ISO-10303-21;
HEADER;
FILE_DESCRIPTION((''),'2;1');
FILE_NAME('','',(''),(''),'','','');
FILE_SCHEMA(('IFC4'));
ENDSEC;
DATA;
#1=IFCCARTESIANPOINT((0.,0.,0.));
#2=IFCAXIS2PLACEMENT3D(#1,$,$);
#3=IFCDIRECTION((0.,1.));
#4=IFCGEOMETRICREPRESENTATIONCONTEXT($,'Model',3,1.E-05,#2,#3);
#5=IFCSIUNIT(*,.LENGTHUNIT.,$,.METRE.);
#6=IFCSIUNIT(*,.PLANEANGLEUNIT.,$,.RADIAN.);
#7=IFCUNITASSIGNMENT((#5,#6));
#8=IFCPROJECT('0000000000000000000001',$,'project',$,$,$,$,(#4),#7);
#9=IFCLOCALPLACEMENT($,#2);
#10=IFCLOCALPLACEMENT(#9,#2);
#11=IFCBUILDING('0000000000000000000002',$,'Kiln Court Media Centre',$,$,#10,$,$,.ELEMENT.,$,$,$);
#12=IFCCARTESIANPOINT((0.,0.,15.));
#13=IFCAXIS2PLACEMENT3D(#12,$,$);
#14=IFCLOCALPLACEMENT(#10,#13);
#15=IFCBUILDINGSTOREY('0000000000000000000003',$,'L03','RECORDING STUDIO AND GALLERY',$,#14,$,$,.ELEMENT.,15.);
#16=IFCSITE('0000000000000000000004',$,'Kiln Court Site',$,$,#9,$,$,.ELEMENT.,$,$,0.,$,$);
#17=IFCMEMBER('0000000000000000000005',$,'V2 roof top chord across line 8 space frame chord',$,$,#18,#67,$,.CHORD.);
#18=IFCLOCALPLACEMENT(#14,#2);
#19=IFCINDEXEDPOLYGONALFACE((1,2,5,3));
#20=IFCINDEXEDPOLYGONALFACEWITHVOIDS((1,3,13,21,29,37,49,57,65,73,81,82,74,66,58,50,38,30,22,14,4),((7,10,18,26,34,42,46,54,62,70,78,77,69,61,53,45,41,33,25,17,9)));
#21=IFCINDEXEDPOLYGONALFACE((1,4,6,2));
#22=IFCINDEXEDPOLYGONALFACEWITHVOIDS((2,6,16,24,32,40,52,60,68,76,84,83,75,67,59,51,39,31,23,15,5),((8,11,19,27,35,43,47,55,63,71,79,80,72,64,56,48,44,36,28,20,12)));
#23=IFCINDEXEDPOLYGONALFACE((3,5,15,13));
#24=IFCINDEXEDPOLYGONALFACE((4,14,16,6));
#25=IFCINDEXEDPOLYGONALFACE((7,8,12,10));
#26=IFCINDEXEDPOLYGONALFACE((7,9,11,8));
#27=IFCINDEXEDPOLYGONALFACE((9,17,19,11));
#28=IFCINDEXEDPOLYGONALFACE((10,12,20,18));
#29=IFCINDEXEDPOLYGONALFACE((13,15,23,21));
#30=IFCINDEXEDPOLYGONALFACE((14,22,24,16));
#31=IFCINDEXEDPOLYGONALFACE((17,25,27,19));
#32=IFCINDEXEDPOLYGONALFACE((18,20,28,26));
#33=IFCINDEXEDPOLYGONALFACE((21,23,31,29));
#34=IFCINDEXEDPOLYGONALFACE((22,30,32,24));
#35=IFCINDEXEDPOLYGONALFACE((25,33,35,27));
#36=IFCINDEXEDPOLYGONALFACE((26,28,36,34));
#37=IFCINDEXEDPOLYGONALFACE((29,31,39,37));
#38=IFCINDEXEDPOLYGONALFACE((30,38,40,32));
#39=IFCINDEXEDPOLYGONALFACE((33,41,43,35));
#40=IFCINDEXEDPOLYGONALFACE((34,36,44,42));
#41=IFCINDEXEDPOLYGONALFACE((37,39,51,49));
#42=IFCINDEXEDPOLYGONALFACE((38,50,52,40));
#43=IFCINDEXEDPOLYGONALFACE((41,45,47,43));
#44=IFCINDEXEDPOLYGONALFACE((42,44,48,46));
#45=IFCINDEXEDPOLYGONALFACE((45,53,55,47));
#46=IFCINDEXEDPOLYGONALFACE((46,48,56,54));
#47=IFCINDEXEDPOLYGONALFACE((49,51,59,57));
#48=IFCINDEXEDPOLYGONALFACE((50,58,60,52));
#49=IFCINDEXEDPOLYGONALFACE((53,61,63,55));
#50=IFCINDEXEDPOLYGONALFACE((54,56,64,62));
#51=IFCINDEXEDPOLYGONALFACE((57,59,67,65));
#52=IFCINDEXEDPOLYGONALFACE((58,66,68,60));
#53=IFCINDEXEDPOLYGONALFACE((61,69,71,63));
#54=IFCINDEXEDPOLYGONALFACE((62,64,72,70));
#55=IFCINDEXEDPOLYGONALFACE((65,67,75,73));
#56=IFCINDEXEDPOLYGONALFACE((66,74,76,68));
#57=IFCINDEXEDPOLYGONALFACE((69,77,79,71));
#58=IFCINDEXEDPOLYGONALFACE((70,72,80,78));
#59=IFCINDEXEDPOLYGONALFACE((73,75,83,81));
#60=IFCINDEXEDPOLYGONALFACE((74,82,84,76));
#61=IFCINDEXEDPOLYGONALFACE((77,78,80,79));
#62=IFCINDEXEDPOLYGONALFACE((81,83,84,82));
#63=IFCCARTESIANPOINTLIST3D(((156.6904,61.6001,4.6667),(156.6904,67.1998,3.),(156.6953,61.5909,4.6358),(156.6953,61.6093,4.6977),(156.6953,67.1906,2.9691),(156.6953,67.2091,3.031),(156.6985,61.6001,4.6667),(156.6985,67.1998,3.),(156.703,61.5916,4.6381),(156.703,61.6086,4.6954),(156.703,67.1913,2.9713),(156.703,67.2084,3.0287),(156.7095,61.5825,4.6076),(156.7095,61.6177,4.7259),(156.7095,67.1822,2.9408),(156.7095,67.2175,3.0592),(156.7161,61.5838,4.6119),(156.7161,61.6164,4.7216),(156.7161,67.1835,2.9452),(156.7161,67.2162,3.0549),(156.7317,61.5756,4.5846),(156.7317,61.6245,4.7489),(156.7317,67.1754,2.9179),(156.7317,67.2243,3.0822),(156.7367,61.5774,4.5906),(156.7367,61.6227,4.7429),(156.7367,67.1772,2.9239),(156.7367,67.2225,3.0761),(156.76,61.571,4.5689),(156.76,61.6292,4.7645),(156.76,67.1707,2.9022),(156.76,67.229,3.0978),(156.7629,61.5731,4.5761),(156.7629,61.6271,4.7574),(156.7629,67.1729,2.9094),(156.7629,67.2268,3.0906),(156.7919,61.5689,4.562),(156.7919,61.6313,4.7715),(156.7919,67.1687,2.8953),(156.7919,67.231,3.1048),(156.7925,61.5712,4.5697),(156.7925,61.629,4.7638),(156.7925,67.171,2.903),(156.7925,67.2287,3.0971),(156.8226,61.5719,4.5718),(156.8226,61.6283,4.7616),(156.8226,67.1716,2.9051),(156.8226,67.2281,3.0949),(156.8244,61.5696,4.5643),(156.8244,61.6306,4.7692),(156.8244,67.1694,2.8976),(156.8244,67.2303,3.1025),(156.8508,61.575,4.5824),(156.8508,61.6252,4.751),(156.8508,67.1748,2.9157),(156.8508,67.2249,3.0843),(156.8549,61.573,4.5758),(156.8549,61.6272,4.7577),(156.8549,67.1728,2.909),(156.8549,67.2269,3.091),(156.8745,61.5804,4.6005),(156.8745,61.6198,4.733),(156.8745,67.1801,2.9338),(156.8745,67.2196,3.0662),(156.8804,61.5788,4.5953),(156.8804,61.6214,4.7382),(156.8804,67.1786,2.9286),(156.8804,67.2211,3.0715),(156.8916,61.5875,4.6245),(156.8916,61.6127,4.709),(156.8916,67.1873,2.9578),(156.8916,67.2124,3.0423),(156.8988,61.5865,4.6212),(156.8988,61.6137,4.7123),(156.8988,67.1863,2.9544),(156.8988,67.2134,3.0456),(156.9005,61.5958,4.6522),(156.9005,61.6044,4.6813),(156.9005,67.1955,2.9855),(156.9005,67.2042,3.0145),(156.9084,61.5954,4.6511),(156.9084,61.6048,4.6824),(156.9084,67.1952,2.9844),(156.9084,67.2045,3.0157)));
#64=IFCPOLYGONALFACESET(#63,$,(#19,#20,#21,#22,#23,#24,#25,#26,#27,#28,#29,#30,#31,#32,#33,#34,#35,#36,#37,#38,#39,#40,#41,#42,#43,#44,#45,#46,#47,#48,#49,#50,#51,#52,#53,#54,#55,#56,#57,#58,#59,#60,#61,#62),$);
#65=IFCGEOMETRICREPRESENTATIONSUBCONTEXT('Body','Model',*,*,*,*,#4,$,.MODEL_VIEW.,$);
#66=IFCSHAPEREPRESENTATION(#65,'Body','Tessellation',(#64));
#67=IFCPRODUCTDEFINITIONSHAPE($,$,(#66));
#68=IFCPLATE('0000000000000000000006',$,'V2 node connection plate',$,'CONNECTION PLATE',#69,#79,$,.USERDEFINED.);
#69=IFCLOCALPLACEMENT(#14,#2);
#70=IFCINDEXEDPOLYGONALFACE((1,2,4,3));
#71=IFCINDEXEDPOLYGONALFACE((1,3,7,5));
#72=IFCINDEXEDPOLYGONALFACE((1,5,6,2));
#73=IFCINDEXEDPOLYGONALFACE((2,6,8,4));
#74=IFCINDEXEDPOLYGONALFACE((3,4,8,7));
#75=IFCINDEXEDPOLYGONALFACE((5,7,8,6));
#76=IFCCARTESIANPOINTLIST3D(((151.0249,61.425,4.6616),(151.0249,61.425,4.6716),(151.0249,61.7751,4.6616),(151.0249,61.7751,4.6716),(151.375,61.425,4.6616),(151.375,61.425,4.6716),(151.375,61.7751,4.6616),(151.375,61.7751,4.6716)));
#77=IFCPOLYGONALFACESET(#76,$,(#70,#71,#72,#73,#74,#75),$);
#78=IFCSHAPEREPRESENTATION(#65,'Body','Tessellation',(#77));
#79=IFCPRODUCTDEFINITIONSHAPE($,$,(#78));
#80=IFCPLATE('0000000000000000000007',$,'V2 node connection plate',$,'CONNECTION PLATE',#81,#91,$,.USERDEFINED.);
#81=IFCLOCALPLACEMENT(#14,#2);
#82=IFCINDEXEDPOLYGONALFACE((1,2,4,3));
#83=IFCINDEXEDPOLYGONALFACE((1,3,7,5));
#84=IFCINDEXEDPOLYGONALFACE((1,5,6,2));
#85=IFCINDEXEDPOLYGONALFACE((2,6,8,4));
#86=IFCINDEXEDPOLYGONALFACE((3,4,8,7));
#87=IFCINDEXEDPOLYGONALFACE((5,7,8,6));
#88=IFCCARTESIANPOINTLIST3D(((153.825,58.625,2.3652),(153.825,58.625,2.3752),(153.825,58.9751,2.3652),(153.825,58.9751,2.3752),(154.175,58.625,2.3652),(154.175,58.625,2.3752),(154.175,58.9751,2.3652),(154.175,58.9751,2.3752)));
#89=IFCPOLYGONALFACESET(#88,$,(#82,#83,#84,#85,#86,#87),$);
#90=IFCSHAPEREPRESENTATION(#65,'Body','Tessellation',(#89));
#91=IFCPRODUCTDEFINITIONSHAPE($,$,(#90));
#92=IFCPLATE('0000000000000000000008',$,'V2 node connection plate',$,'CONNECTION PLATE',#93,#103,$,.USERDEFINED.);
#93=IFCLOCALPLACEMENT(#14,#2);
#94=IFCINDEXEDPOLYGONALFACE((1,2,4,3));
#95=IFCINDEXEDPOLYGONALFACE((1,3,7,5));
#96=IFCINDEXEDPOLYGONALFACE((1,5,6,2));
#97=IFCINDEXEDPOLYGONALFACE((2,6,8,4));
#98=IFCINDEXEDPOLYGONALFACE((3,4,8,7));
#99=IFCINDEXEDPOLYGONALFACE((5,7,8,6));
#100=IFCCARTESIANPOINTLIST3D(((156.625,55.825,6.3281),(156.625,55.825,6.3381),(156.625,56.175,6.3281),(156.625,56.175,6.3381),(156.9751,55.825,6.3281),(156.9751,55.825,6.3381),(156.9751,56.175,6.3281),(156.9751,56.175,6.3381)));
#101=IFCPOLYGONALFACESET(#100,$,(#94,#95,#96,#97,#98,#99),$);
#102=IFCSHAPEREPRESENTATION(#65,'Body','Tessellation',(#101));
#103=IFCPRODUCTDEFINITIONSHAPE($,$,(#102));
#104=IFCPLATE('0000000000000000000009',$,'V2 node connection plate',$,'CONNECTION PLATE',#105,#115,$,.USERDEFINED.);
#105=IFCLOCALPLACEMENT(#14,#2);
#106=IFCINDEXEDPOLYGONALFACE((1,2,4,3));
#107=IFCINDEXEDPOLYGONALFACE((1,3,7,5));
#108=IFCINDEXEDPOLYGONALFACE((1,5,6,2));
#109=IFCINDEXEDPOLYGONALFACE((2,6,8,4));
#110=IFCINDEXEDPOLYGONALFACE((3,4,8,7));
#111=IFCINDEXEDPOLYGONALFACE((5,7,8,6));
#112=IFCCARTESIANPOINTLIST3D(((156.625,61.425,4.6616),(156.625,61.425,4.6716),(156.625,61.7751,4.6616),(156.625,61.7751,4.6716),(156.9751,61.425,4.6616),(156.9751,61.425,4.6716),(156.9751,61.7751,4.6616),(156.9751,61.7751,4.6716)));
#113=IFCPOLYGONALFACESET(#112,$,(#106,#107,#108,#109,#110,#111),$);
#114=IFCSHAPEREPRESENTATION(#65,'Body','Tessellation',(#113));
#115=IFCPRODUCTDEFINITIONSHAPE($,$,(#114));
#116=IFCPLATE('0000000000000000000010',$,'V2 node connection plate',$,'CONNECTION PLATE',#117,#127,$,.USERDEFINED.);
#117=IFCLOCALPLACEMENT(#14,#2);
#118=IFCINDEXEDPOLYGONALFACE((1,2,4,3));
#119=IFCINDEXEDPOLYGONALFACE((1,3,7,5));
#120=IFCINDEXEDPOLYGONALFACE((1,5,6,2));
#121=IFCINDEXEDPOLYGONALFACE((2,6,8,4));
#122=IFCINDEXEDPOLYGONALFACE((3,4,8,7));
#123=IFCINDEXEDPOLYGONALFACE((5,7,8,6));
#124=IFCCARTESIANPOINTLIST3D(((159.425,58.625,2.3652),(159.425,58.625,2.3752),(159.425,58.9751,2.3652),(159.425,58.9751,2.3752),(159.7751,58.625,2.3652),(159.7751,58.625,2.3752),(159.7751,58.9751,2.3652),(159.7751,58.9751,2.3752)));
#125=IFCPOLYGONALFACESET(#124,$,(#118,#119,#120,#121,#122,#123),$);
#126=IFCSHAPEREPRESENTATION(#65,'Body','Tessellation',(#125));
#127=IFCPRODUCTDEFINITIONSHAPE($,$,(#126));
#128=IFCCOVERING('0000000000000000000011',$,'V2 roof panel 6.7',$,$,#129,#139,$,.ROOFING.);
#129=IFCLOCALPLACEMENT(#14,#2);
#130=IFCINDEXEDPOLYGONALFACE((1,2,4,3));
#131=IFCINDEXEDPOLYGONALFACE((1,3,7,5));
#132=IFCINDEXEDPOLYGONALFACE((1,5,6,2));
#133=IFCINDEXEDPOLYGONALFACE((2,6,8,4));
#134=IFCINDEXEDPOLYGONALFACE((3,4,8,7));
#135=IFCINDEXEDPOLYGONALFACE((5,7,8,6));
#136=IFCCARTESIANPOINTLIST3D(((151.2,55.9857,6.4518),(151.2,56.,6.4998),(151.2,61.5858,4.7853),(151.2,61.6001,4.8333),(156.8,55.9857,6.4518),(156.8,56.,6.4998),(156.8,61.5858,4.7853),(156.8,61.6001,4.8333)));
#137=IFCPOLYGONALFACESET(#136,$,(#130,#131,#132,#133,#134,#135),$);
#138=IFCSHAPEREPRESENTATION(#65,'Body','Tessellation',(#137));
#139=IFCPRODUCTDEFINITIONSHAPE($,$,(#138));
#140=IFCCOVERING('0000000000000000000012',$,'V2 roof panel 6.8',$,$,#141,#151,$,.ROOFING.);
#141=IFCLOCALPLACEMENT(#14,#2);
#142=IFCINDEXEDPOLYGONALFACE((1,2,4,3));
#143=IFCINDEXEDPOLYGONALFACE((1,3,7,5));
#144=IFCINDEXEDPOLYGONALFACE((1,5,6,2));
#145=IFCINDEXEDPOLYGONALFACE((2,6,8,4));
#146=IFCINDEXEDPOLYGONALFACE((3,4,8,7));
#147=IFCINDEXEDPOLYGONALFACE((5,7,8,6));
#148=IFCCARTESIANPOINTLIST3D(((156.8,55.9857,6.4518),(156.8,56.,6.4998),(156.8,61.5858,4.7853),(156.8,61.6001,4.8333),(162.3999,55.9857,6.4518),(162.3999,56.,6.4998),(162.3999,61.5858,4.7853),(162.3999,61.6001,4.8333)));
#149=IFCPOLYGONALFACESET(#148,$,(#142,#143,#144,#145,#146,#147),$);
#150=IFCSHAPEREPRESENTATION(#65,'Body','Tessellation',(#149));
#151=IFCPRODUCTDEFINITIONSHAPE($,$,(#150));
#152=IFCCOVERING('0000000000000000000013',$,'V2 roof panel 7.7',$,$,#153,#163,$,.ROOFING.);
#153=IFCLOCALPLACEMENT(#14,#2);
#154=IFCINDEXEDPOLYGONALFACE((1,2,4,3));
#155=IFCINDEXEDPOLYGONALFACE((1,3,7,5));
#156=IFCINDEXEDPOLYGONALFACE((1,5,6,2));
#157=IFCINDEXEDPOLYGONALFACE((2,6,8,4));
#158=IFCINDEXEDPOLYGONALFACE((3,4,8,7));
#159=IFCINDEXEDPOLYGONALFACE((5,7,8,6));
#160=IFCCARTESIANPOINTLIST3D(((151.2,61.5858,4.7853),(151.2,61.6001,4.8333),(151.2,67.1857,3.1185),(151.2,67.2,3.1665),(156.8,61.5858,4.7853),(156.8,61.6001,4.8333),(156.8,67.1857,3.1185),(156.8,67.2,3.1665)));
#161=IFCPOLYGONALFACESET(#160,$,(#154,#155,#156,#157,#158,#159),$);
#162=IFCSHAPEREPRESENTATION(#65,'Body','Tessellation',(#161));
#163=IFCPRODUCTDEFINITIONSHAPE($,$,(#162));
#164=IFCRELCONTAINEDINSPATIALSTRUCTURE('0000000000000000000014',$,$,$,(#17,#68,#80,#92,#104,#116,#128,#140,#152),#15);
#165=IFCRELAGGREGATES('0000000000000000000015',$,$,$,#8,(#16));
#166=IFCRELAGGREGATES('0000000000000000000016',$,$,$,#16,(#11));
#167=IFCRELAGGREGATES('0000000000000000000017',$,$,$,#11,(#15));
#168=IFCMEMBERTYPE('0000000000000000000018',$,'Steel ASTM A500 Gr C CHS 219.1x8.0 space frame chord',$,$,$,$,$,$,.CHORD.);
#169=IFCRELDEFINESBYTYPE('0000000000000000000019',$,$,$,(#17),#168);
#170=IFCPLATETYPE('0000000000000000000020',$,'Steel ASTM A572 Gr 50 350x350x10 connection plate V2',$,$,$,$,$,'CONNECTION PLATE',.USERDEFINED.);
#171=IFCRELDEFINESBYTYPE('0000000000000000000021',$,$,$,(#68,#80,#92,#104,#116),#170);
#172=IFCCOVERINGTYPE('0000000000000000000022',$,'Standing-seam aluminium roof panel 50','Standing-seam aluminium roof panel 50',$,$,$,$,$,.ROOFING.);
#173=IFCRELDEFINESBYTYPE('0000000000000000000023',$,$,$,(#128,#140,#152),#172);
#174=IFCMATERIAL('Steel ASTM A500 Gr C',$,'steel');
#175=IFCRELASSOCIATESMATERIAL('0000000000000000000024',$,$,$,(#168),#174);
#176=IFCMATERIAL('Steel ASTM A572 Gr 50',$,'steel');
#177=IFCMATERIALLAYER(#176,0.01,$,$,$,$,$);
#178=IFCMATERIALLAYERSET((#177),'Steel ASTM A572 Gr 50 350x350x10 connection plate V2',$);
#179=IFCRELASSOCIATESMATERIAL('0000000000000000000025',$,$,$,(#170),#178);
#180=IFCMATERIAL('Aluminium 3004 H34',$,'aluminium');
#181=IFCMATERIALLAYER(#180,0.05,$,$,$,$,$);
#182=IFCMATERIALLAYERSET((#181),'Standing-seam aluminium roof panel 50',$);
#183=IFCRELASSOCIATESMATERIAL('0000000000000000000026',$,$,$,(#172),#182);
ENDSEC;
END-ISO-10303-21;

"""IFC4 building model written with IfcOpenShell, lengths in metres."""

from ifc_helpers import new_model, si_unit, direction, frame, origin, origin_2d, place, context, subcontext, project, spatial, polyline, rectangle, hollow_circle, outline, extrude, material, layer, layer_set, material_profile, profile_set, type_object, element, save


model = new_model("IFC4")

# Units and contexts
model_context = context("Model", 3, precision=1e-05, world=origin(), true_north=direction((0.0, 1.0)))
body_context = subcontext(model_context, "Body", "Model", "MODEL_VIEW")
ifc_project = project(units=[si_unit("LENGTHUNIT", "METRE"), si_unit("PLANEANGLEUNIT", "RADIAN")], contexts=[model_context])

# Site, building, storey
site_placement = place(None, origin())
site = spatial("IfcSite", under=ifc_project, at=site_placement, Name="Kiln Court Site", CompositionType="ELEMENT", RefElevation=0.0)
building_placement = place(site_placement, origin())
building = spatial("IfcBuilding", under=site, at=building_placement, Name="Kiln Court Media Centre", CompositionType="ELEMENT")
storey_placement = place(building_placement, frame((0.0, 0.0, 15.0)))
storey = spatial("IfcBuildingStorey", under=building, at=storey_placement, Name="L03", Description="RECORDING STUDIO AND GALLERY", CompositionType="ELEMENT", Elevation=15.0)

# Member
ifc_material_1 = material(Name="Steel ASTM A500 Gr C", Category="steel")
ifc_material_profile_1 = material_profile(ifc_material_1, hollow_circle(Radius=0.1096, WallThickness=0.0081, at=origin_2d()), Name="CHS 219.1x8.0")
ifc_profile_set_1 = profile_set([ifc_material_profile_1], Name="Steel ASTM A500 Gr C")
member_type_1 = type_object("IfcMemberType", Name="Steel ASTM A500 Gr C CHS 219.1x8.0 space frame chord", PredefinedType="CHORD", material=ifc_profile_set_1)
for number, where, z_axis, x_axis, name in (
    (1, (156.8, 61.6001, 4.6667), (0.0, 0.958446, -0.285273), (-1.0, 0.0, 0.0), "V2 roof top chord across line 8 space frame chord"),
):
    element("IfcMember", number, at=place(storey_placement, frame(where, z_axis=z_axis, x_axis=x_axis)), inside=storey, type_object=member_type_1, Name=name, PredefinedType="CHORD", context=body_context, shape_type="SweptSolid", body=[
        extrude(hollow_circle(Radius=0.1096, WallThickness=0.0081, at=origin_2d()), origin(), (0.0, 0.0, 1.0), 5.8425),
    ])

# Plates
ifc_material_2 = material(Name="Steel ASTM A572 Gr 50", Category="steel")
ifc_layer_1 = layer(ifc_material_2, 0.01)
ifc_layer_set_1 = layer_set([ifc_layer_1], Name="Steel ASTM A572 Gr 50 350x350x10 connection plate V2")
plate_type = type_object("IfcPlateType", Name="Steel ASTM A572 Gr 50 350x350x10 connection plate V2", ElementType="CONNECTION PLATE", PredefinedType="USERDEFINED", material=ifc_layer_set_1)
for number, where, z_axis, x_axis, name in (
    (2, (151.2, 61.6001, 4.6616), (0.0, 0.0, 1.0), (1.0, 0.0, 0.0), "V2 node connection plate"),
    (3, (154.0, 58.8, 2.3652), (0.0, 0.0, 1.0), (1.0, 0.0, 0.0), "V2 node connection plate"),
    (4, (156.8, 56.0, 6.3281), (0.0, 0.0, 1.0), (1.0, 0.0, 0.0), "V2 node connection plate"),
    (5, (156.8, 61.6001, 4.6616), (0.0, 0.0, 1.0), (1.0, 0.0, 0.0), "V2 node connection plate"),
    (6, (159.6001, 58.8, 2.3652), (0.0, 0.0, 1.0), (1.0, 0.0, 0.0), "V2 node connection plate"),
):
    element("IfcPlate", number, at=place(storey_placement, frame(where, z_axis=z_axis, x_axis=x_axis)), inside=storey, type_object=plate_type, Name=name, ObjectType="CONNECTION PLATE", PredefinedType="USERDEFINED", context=body_context, shape_type="SweptSolid", body=[
        extrude(rectangle(XDim=0.3501, YDim=0.3501, at=origin_2d()), origin(), (0.0, 0.0, 1.0), 0.01),
    ])

# Coverings
ifc_material_3 = material(Name="Aluminium 3004 H34", Category="aluminium")
ifc_layer_2 = layer(ifc_material_3, 0.05)
ifc_layer_set_2 = layer_set([ifc_layer_2], Name="Standing-seam aluminium roof panel 50")
covering_type = type_object("IfcCoveringType", Name="Standing-seam aluminium roof panel 50", Description="Standing-seam aluminium roof panel 50", PredefinedType="ROOFING", material=ifc_layer_set_2)
covering_1_placement = place(storey_placement, frame((151.2, 56.0, 6.4998), z_axis=(0.0, 0.285223, 0.958461), x_axis=(0.0, 0.958461, -0.285223)))
element("IfcCovering", 7, at=covering_1_placement, inside=storey, type_object=covering_type, Name="V2 roof panel 6.7", PredefinedType="ROOFING", context=body_context, shape_type="SweptSolid", body=[
    extrude(outline(polyline([(0.0, 0.0), (5.8428, 0.0), (5.8428, -5.6001), (0.0, -5.6001), (0.0, 0.0)])), origin(), (0.0, 0.0, -1.0), 0.05),
])
covering_2_placement = place(storey_placement, frame((156.8, 56.0, 6.4998), z_axis=(0.0, 0.285223, 0.958461), x_axis=(0.0, 0.958461, -0.285223)))
element("IfcCovering", 8, at=covering_2_placement, inside=storey, type_object=covering_type, Name="V2 roof panel 6.8", PredefinedType="ROOFING", context=body_context, shape_type="SweptSolid", body=[
    extrude(outline(polyline([(0.0, 0.0), (5.8428, 0.0), (5.8428, -5.5999), (0.0, -5.5999), (0.0, 0.0)])), origin(), (0.0, 0.0, -1.0), 0.05),
])
covering_3_placement = place(storey_placement, frame((151.2, 61.6001, 4.8333), z_axis=(0.0, 0.285273, 0.958446), x_axis=(0.0, 0.958446, -0.285273)))
element("IfcCovering", 9, at=covering_3_placement, inside=storey, type_object=covering_type, Name="V2 roof panel 7.7", PredefinedType="ROOFING", context=body_context, shape_type="SweptSolid", body=[
    extrude(outline(polyline([(0.0, 0.0), (5.8426, 0.0), (5.8426, -5.6001), (0.0, -5.6001), (0.0, 0.0)])), origin(), (0.0, 0.0, -1.0), 0.05),
])

save(model, "model.ifc")
